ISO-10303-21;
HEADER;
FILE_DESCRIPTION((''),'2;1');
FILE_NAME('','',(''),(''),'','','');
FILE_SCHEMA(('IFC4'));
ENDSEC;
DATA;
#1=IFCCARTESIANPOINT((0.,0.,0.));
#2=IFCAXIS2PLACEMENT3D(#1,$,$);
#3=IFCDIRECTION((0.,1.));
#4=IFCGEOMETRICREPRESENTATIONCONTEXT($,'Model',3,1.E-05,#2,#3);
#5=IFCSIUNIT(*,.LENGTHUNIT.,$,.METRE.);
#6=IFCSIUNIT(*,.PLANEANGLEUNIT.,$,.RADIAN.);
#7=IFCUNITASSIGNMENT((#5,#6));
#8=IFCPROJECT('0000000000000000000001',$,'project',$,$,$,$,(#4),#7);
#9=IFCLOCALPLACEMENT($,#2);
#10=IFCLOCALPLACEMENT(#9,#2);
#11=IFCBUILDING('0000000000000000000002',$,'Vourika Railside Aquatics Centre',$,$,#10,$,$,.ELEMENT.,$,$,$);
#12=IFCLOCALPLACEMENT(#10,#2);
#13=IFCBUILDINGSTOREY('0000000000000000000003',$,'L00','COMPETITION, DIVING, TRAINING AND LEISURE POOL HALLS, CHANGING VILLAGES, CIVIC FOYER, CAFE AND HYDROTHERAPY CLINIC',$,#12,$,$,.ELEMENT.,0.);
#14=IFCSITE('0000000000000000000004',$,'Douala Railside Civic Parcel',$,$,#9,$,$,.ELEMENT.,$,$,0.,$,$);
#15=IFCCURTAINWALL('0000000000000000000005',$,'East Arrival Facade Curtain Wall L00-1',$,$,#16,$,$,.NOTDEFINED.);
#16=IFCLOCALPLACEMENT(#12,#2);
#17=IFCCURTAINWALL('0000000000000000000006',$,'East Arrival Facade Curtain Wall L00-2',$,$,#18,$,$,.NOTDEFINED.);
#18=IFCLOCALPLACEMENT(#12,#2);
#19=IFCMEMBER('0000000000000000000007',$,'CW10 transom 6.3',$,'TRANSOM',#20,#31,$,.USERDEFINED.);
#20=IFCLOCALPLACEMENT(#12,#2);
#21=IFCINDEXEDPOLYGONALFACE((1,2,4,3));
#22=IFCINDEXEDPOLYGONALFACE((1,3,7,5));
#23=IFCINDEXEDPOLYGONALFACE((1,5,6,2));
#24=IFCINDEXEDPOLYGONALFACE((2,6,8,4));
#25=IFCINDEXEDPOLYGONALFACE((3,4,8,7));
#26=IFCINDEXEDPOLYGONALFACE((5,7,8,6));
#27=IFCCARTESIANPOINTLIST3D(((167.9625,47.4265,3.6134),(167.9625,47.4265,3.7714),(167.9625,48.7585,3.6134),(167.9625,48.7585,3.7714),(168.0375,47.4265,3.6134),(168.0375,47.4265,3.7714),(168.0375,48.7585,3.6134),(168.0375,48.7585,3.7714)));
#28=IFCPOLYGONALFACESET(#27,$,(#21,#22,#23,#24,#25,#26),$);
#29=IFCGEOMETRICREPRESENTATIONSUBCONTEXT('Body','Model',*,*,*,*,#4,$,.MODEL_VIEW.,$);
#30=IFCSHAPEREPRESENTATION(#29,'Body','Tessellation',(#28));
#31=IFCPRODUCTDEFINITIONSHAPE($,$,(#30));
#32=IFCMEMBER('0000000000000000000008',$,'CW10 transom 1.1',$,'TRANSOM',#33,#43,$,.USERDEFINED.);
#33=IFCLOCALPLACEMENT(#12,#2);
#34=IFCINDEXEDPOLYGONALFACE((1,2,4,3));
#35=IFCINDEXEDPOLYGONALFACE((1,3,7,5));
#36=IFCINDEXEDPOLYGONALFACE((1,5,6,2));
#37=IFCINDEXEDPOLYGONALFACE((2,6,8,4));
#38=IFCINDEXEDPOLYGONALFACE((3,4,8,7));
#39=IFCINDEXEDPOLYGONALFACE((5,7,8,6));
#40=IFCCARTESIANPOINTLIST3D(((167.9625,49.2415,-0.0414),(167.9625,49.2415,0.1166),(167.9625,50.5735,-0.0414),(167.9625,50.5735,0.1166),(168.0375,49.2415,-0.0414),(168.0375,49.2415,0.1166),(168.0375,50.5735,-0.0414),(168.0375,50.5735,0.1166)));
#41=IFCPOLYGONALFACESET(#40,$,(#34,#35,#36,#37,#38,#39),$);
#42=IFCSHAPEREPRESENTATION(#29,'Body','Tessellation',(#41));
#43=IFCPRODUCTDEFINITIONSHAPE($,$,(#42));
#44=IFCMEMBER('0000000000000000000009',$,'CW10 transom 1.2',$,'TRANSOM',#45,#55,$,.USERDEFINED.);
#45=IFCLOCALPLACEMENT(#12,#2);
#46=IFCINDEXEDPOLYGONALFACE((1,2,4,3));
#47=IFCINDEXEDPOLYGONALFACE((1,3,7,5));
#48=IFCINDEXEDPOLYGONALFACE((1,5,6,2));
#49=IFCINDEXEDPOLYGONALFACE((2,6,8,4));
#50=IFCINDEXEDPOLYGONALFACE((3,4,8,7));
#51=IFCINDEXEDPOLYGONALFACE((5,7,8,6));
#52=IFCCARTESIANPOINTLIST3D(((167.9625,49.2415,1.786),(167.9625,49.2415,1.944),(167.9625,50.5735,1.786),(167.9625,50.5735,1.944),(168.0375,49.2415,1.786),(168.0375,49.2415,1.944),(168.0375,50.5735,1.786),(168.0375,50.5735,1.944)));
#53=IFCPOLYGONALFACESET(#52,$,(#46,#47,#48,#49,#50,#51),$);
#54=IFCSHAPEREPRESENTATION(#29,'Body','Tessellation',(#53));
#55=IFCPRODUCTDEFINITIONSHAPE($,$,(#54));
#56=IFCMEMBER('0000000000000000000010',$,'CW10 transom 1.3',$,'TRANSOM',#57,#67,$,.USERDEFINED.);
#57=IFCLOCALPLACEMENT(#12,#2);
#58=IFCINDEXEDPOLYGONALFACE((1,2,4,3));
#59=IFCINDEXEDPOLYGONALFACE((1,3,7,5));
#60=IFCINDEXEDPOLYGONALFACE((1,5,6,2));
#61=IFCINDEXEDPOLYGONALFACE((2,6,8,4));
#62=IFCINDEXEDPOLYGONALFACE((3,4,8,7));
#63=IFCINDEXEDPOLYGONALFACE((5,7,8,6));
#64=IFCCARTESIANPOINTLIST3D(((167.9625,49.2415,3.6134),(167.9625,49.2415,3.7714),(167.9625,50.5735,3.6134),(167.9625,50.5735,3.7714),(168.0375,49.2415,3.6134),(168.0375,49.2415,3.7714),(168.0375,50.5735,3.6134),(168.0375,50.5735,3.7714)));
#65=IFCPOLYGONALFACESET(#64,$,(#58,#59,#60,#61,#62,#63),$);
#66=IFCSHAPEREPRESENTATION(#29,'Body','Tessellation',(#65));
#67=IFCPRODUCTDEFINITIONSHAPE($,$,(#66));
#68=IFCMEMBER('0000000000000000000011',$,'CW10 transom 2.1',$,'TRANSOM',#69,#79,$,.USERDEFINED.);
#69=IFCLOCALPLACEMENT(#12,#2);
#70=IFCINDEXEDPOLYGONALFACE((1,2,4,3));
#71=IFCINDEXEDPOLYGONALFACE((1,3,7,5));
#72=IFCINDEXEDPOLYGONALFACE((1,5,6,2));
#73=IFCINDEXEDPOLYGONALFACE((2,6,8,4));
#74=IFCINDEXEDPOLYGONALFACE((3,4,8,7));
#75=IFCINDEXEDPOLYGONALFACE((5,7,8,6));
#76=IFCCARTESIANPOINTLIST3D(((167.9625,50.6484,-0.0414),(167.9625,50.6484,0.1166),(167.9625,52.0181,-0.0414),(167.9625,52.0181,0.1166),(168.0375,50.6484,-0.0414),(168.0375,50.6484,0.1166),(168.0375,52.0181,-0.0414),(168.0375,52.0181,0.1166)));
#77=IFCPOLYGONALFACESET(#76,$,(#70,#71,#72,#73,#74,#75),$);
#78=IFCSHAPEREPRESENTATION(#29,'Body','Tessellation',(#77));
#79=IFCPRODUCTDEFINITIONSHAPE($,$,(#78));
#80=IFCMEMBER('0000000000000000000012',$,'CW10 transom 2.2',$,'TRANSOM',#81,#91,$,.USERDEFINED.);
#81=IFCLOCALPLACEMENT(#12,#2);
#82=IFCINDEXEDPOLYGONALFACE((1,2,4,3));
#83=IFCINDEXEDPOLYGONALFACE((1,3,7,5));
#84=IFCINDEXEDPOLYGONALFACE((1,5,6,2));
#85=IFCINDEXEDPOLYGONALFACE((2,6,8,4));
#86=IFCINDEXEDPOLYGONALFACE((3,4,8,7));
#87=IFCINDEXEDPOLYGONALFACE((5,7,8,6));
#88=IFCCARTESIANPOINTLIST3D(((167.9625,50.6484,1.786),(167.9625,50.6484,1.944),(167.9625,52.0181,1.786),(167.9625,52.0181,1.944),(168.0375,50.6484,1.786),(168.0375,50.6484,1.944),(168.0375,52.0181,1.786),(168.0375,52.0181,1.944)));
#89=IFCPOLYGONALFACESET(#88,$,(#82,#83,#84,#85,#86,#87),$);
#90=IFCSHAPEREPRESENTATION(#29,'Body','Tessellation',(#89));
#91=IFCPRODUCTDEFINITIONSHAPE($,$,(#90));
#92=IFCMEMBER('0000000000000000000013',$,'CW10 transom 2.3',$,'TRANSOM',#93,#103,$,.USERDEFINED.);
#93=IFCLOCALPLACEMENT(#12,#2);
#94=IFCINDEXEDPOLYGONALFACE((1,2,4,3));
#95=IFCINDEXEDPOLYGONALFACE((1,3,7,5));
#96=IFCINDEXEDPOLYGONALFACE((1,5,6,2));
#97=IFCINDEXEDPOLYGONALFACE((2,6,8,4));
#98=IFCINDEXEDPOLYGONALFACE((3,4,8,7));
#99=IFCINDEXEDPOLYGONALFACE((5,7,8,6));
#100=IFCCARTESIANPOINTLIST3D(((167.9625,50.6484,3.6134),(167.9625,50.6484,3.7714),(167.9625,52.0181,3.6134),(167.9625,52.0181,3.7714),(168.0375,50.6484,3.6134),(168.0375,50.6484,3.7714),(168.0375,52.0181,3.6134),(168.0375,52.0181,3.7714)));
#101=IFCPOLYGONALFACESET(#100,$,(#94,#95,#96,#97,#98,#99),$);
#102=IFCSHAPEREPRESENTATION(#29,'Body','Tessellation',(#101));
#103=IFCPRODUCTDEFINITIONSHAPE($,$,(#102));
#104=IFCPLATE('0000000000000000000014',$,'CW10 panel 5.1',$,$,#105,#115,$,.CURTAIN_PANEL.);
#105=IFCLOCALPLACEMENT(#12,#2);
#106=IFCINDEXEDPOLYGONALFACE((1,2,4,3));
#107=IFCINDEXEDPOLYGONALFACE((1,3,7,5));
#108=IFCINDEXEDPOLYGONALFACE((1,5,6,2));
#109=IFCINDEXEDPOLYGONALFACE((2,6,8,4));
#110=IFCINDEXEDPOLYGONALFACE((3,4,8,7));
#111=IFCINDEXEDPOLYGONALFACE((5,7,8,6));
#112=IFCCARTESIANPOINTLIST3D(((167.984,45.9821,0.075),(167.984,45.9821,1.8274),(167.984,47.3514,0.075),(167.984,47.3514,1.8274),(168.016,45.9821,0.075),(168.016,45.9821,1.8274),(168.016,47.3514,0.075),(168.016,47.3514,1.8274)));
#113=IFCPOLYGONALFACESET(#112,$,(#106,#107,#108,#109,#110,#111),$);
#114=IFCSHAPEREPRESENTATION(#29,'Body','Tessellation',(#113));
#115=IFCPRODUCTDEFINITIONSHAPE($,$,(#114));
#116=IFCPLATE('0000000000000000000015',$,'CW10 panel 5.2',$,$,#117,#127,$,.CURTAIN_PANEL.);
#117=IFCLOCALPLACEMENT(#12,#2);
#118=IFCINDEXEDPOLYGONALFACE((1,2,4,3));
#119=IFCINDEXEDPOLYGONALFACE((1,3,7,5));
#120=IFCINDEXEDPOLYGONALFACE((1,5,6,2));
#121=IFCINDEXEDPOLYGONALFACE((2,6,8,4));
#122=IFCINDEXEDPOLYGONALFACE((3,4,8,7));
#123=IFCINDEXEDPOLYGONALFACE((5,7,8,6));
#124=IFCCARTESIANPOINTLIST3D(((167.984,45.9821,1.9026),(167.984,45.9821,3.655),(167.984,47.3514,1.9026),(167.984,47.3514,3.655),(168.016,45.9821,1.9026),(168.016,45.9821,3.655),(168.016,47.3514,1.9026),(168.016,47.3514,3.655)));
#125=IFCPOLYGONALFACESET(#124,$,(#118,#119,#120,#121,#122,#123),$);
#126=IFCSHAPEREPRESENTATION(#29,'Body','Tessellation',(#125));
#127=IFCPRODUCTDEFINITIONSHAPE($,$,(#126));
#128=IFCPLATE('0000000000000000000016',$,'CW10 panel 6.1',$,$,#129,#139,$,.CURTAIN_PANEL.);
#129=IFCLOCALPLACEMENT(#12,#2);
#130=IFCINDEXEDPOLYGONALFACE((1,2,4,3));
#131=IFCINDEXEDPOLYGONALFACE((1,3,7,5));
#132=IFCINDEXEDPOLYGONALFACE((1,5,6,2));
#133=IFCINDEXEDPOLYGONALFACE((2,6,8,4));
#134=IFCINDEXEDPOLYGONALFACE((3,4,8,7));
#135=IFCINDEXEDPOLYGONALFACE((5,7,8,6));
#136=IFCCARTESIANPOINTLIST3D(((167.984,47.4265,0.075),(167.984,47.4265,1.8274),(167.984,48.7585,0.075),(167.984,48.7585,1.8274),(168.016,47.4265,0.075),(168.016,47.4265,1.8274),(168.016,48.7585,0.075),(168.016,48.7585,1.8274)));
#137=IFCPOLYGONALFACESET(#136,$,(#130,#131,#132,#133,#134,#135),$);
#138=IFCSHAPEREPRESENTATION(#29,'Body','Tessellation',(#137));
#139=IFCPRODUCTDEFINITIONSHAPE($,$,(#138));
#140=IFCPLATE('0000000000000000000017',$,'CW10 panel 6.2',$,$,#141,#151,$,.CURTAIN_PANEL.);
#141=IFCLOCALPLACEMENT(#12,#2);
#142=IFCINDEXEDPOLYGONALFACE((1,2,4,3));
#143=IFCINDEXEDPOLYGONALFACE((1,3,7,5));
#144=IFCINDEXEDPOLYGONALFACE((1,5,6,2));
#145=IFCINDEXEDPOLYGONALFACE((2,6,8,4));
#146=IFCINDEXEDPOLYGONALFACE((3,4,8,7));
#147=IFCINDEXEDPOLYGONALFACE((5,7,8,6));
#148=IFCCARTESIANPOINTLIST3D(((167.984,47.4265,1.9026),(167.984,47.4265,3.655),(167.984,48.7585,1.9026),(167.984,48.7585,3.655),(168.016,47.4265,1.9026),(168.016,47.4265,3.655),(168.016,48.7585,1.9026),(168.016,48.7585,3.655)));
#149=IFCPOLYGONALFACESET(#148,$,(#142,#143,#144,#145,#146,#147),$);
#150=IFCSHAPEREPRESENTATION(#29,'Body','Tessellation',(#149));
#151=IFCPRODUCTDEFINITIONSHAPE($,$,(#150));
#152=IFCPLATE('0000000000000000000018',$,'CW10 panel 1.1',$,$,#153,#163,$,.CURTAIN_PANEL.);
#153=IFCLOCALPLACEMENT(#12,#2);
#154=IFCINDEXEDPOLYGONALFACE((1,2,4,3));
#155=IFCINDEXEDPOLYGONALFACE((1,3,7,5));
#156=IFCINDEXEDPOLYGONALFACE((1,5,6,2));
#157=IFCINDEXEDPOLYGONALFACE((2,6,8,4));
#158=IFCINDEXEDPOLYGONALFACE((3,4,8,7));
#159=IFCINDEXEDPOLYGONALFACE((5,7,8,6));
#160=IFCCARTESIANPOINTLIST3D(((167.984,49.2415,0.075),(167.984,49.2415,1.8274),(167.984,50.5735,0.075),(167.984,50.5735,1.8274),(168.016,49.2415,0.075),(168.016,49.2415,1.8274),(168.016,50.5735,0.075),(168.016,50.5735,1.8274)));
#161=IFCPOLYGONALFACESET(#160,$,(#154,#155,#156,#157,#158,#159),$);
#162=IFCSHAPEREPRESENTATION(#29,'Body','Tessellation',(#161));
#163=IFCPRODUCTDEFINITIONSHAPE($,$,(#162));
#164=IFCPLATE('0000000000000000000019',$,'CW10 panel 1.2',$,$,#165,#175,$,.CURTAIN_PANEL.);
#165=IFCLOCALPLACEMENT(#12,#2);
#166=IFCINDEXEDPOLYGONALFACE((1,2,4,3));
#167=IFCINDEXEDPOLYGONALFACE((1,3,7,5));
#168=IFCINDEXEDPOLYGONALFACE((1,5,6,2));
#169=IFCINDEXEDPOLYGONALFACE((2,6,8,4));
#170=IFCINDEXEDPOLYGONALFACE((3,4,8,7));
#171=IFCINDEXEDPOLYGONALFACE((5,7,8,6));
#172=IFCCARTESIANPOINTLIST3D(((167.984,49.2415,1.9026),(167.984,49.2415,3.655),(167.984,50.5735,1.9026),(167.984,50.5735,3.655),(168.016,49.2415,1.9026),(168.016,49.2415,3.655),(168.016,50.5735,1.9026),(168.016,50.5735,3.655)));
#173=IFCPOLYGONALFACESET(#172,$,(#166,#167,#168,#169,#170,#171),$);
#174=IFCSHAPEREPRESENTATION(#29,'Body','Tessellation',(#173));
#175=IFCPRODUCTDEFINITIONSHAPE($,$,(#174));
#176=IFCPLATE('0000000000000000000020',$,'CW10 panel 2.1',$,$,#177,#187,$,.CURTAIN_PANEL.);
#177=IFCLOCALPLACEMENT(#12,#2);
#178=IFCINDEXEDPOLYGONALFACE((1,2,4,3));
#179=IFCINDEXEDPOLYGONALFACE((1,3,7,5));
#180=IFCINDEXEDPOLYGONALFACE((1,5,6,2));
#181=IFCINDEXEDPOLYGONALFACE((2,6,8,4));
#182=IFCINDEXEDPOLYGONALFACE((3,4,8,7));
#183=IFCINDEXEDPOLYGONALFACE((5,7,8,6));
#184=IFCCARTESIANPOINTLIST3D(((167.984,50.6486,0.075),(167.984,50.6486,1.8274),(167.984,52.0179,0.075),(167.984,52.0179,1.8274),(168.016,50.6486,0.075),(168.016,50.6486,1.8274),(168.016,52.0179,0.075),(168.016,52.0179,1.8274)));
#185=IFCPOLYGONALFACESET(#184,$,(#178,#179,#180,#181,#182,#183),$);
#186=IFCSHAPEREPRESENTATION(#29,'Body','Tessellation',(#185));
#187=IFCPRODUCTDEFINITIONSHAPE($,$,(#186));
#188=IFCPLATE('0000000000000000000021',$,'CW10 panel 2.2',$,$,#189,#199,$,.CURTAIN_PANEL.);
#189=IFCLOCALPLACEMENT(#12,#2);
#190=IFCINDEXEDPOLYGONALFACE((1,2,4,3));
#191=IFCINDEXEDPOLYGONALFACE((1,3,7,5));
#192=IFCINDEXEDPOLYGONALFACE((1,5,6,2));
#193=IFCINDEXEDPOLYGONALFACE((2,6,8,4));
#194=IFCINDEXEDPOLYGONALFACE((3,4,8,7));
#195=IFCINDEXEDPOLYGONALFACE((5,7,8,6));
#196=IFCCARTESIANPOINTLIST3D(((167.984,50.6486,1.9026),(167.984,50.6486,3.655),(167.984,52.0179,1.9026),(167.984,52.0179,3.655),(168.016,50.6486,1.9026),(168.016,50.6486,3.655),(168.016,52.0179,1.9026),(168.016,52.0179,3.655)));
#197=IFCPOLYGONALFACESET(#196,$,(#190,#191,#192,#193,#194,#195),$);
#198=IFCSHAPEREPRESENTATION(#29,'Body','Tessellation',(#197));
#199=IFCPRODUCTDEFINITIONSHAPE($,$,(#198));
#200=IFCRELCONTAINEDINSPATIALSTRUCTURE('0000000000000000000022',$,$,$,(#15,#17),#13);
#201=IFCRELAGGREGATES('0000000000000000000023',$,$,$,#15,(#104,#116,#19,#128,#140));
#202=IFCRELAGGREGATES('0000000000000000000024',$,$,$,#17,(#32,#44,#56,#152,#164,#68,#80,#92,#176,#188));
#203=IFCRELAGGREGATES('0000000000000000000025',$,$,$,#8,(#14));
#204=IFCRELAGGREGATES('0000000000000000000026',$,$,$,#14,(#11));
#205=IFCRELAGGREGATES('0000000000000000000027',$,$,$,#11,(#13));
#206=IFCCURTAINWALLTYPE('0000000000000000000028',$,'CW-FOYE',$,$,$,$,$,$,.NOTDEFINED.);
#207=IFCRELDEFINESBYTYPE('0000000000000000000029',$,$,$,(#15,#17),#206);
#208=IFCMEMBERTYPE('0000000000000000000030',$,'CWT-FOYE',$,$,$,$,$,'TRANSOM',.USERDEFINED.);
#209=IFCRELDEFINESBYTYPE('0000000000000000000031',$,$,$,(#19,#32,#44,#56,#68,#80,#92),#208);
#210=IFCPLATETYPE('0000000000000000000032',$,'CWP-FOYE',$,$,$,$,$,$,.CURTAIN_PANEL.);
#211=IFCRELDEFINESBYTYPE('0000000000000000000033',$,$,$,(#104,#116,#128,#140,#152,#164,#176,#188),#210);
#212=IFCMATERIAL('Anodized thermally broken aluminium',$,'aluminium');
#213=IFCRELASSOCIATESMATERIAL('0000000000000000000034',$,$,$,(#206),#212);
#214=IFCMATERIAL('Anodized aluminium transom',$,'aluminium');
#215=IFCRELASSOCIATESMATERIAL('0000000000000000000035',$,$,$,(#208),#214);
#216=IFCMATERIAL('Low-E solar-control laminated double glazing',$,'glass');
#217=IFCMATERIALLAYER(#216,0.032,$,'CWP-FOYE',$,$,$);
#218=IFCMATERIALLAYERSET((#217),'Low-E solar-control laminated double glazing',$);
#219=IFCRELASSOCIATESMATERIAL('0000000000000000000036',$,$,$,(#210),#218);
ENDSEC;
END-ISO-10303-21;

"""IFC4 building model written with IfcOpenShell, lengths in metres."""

from ifc_helpers import new_model, si_unit, direction, frame, origin, origin_2d, place, context, subcontext, project, spatial, rectangle, extrude, material, layer, layer_set, material_profile, profile_set, type_object, element, aggregate, save


model = new_model("IFC4")

# Units and contexts
model_context = context("Model", 3, precision=1e-05, world=origin(), true_north=direction((0.0, 1.0)))
body_context = subcontext(model_context, "Body", "Model", "MODEL_VIEW")
ifc_project = project(units=[si_unit("LENGTHUNIT", "METRE"), si_unit("PLANEANGLEUNIT", "RADIAN")], contexts=[model_context])

# Site, building, storey
site_placement = place(None, origin())
site = spatial("IfcSite", under=ifc_project, at=site_placement, Name="Douala Railside Civic Parcel", CompositionType="ELEMENT", RefElevation=0.0)
building_placement = place(site_placement, origin())
building = spatial("IfcBuilding", under=site, at=building_placement, Name="Vourika Railside Aquatics Centre", CompositionType="ELEMENT")
storey_placement = place(building_placement, origin())
storey = spatial("IfcBuildingStorey", under=building, at=storey_placement, Name="L00", Description="COMPETITION, DIVING, TRAINING AND LEISURE POOL HALLS, CHANGING VILLAGES, CIVIC FOYER, CAFE AND HYDROTHERAPY CLINIC", CompositionType="ELEMENT", Elevation=0.0)

# Curtain walls
ifc_material_1 = material(Name="Anodized thermally broken aluminium", Category="aluminium")
curtain_wall_type = type_object("IfcCurtainWallType", Name="CW-FOYE", PredefinedType="NOTDEFINED", material=ifc_material_1)
curtain_wall_1_placement = place(storey_placement, origin())
curtain_wall_1 = element("IfcCurtainWall", 1, at=curtain_wall_1_placement, inside=storey, type_object=curtain_wall_type, Name="East Arrival Facade Curtain Wall L00-1", PredefinedType="NOTDEFINED")
curtain_wall_2_placement = place(storey_placement, origin())
curtain_wall_2 = element("IfcCurtainWall", 2, at=curtain_wall_2_placement, inside=storey, type_object=curtain_wall_type, Name="East Arrival Facade Curtain Wall L00-2", PredefinedType="NOTDEFINED")

# Members
ifc_material_2 = material(Name="Anodized aluminium transom", Category="aluminium")
ifc_material_profile_1 = material_profile(ifc_material_2, rectangle(XDim=0.075, YDim=0.158, at=origin_2d()), Name="ALU-T 75x158")
ifc_profile_set_1 = profile_set([ifc_material_profile_1], Name="Anodized aluminium transom")
member_type_1 = type_object("IfcMemberType", Name="CWT-FOYE", ElementType="TRANSOM", PredefinedType="USERDEFINED", material=ifc_profile_set_1)
member_1_placement = place(storey_placement, frame((168.0, 47.4265, 3.6924), z_axis=(0.0, 1.0, 0.0), x_axis=(-1.0, 0.0, 0.0)))
member_1 = element("IfcMember", 3, at=member_1_placement, type_object=member_type_1, Name="CW10 transom 6.3", ObjectType="TRANSOM", PredefinedType="USERDEFINED", context=body_context, shape_type="SweptSolid", body=[
    extrude(rectangle(XDim=0.075, YDim=0.158, at=origin_2d()), origin(), (0.0, 0.0, 1.0), 1.332),
])
member_2_placement = place(storey_placement, frame((168.0, 49.2415, 0.0376), z_axis=(0.0, 1.0, 0.0), x_axis=(-1.0, 0.0, 0.0)))
member_2 = element("IfcMember", 4, at=member_2_placement, type_object=member_type_1, Name="CW10 transom 1.1", ObjectType="TRANSOM", PredefinedType="USERDEFINED", context=body_context, shape_type="SweptSolid", body=[
    extrude(rectangle(XDim=0.075, YDim=0.158, at=origin_2d()), origin(), (0.0, 0.0, 1.0), 1.332),
])
member_3_placement = place(storey_placement, frame((168.0, 49.2415, 1.865), z_axis=(0.0, 1.0, 0.0), x_axis=(-1.0, 0.0, 0.0)))
member_3 = element("IfcMember", 5, at=member_3_placement, type_object=member_type_1, Name="CW10 transom 1.2", ObjectType="TRANSOM", PredefinedType="USERDEFINED", context=body_context, shape_type="SweptSolid", body=[
    extrude(rectangle(XDim=0.075, YDim=0.158, at=origin_2d()), origin(), (0.0, 0.0, 1.0), 1.332),
])
member_4_placement = place(storey_placement, frame((168.0, 49.2415, 3.6924), z_axis=(0.0, 1.0, 0.0), x_axis=(-1.0, 0.0, 0.0)))
member_4 = element("IfcMember", 6, at=member_4_placement, type_object=member_type_1, Name="CW10 transom 1.3", ObjectType="TRANSOM", PredefinedType="USERDEFINED", context=body_context, shape_type="SweptSolid", body=[
    extrude(rectangle(XDim=0.075, YDim=0.158, at=origin_2d()), origin(), (0.0, 0.0, 1.0), 1.332),
])
member_5_placement = place(storey_placement, frame((168.0, 50.6484, 0.0376), z_axis=(0.0, 1.0, 0.0), x_axis=(-1.0, 0.0, 0.0)))
member_5 = element("IfcMember", 7, at=member_5_placement, type_object=member_type_1, Name="CW10 transom 2.1", ObjectType="TRANSOM", PredefinedType="USERDEFINED", context=body_context, shape_type="SweptSolid", body=[
    extrude(rectangle(XDim=0.075, YDim=0.158, at=origin_2d()), origin(), (0.0, 0.0, 1.0), 1.3696),
])
member_6_placement = place(storey_placement, frame((168.0, 50.6484, 1.865), z_axis=(0.0, 1.0, 0.0), x_axis=(-1.0, 0.0, 0.0)))
member_6 = element("IfcMember", 8, at=member_6_placement, type_object=member_type_1, Name="CW10 transom 2.2", ObjectType="TRANSOM", PredefinedType="USERDEFINED", context=body_context, shape_type="SweptSolid", body=[
    extrude(rectangle(XDim=0.075, YDim=0.158, at=origin_2d()), origin(), (0.0, 0.0, 1.0), 1.3696),
])
member_7_placement = place(storey_placement, frame((168.0, 50.6484, 3.6924), z_axis=(0.0, 1.0, 0.0), x_axis=(-1.0, 0.0, 0.0)))
member_7 = element("IfcMember", 9, at=member_7_placement, type_object=member_type_1, Name="CW10 transom 2.3", ObjectType="TRANSOM", PredefinedType="USERDEFINED", context=body_context, shape_type="SweptSolid", body=[
    extrude(rectangle(XDim=0.075, YDim=0.158, at=origin_2d()), origin(), (0.0, 0.0, 1.0), 1.3696),
])

# Plates
ifc_material_3 = material(Name="Low-E solar-control laminated double glazing", Category="glass")
ifc_layer_1 = layer(ifc_material_3, 0.032, Name="CWP-FOYE")
ifc_layer_set_1 = layer_set([ifc_layer_1], Name="Low-E solar-control laminated double glazing")
plate_type_1 = type_object("IfcPlateType", Name="CWP-FOYE", PredefinedType="CURTAIN_PANEL", material=ifc_layer_set_1)
plate_1_placement = place(storey_placement, frame((168.0, 46.6667, 0.075), z_axis=(0.0, 0.0, 1.0), x_axis=(0.0, 1.0, 0.0)))
plate_1 = element("IfcPlate", 10, at=plate_1_placement, type_object=plate_type_1, Name="CW10 panel 5.1", PredefinedType="CURTAIN_PANEL", context=body_context, shape_type="SweptSolid", body=[
    extrude(rectangle(XDim=1.3694, YDim=0.032, at=origin_2d()), origin(), (0.0, 0.0, 1.0), 1.7524),
])
plate_2_placement = place(storey_placement, frame((168.0, 46.6667, 1.9026), z_axis=(0.0, 0.0, 1.0), x_axis=(0.0, 1.0, 0.0)))
plate_2 = element("IfcPlate", 11, at=plate_2_placement, type_object=plate_type_1, Name="CW10 panel 5.2", PredefinedType="CURTAIN_PANEL", context=body_context, shape_type="SweptSolid", body=[
    extrude(rectangle(XDim=1.3694, YDim=0.032, at=origin_2d()), origin(), (0.0, 0.0, 1.0), 1.7524),
])
plate_3_placement = place(storey_placement, frame((168.0, 48.0925, 0.075), z_axis=(0.0, 0.0, 1.0), x_axis=(0.0, 1.0, 0.0)))
plate_3 = element("IfcPlate", 12, at=plate_3_placement, type_object=plate_type_1, Name="CW10 panel 6.1", PredefinedType="CURTAIN_PANEL", context=body_context, shape_type="SweptSolid", body=[
    extrude(rectangle(XDim=1.332, YDim=0.032, at=origin_2d()), origin(), (0.0, 0.0, 1.0), 1.7524),
])
plate_4_placement = place(storey_placement, frame((168.0, 48.0925, 1.9026), z_axis=(0.0, 0.0, 1.0), x_axis=(0.0, 1.0, 0.0)))
plate_4 = element("IfcPlate", 13, at=plate_4_placement, type_object=plate_type_1, Name="CW10 panel 6.2", PredefinedType="CURTAIN_PANEL", context=body_context, shape_type="SweptSolid", body=[
    extrude(rectangle(XDim=1.332, YDim=0.032, at=origin_2d()), origin(), (0.0, 0.0, 1.0), 1.7524),
])
aggregate(curtain_wall_1, [plate_1, plate_2, member_1, plate_3, plate_4])
plate_5_placement = place(storey_placement, frame((168.0, 49.9075, 0.075), z_axis=(0.0, 0.0, 1.0), x_axis=(0.0, 1.0, 0.0)))
plate_5 = element("IfcPlate", 14, at=plate_5_placement, type_object=plate_type_1, Name="CW10 panel 1.1", PredefinedType="CURTAIN_PANEL", context=body_context, shape_type="SweptSolid", body=[
    extrude(rectangle(XDim=1.332, YDim=0.032, at=origin_2d()), origin(), (0.0, 0.0, 1.0), 1.7524),
])
plate_6_placement = place(storey_placement, frame((168.0, 49.9075, 1.9026), z_axis=(0.0, 0.0, 1.0), x_axis=(0.0, 1.0, 0.0)))
plate_6 = element("IfcPlate", 15, at=plate_6_placement, type_object=plate_type_1, Name="CW10 panel 1.2", PredefinedType="CURTAIN_PANEL", context=body_context, shape_type="SweptSolid", body=[
    extrude(rectangle(XDim=1.332, YDim=0.032, at=origin_2d()), origin(), (0.0, 0.0, 1.0), 1.7524),
])
plate_7_placement = place(storey_placement, frame((168.0, 51.3333, 0.075), z_axis=(0.0, 0.0, 1.0), x_axis=(0.0, 1.0, 0.0)))
plate_7 = element("IfcPlate", 16, at=plate_7_placement, type_object=plate_type_1, Name="CW10 panel 2.1", PredefinedType="CURTAIN_PANEL", context=body_context, shape_type="SweptSolid", body=[
    extrude(rectangle(XDim=1.3694, YDim=0.032, at=origin_2d()), origin(), (0.0, 0.0, 1.0), 1.7524),
])
plate_8_placement = place(storey_placement, frame((168.0, 51.3333, 1.9026), z_axis=(0.0, 0.0, 1.0), x_axis=(0.0, 1.0, 0.0)))
plate_8 = element("IfcPlate", 17, at=plate_8_placement, type_object=plate_type_1, Name="CW10 panel 2.2", PredefinedType="CURTAIN_PANEL", context=body_context, shape_type="SweptSolid", body=[
    extrude(rectangle(XDim=1.3694, YDim=0.032, at=origin_2d()), origin(), (0.0, 0.0, 1.0), 1.7524),
])
aggregate(curtain_wall_2, [member_2, member_3, member_4, plate_5, plate_6, member_5, member_6, member_7, plate_7, plate_8])

save(model, "model.ifc")
